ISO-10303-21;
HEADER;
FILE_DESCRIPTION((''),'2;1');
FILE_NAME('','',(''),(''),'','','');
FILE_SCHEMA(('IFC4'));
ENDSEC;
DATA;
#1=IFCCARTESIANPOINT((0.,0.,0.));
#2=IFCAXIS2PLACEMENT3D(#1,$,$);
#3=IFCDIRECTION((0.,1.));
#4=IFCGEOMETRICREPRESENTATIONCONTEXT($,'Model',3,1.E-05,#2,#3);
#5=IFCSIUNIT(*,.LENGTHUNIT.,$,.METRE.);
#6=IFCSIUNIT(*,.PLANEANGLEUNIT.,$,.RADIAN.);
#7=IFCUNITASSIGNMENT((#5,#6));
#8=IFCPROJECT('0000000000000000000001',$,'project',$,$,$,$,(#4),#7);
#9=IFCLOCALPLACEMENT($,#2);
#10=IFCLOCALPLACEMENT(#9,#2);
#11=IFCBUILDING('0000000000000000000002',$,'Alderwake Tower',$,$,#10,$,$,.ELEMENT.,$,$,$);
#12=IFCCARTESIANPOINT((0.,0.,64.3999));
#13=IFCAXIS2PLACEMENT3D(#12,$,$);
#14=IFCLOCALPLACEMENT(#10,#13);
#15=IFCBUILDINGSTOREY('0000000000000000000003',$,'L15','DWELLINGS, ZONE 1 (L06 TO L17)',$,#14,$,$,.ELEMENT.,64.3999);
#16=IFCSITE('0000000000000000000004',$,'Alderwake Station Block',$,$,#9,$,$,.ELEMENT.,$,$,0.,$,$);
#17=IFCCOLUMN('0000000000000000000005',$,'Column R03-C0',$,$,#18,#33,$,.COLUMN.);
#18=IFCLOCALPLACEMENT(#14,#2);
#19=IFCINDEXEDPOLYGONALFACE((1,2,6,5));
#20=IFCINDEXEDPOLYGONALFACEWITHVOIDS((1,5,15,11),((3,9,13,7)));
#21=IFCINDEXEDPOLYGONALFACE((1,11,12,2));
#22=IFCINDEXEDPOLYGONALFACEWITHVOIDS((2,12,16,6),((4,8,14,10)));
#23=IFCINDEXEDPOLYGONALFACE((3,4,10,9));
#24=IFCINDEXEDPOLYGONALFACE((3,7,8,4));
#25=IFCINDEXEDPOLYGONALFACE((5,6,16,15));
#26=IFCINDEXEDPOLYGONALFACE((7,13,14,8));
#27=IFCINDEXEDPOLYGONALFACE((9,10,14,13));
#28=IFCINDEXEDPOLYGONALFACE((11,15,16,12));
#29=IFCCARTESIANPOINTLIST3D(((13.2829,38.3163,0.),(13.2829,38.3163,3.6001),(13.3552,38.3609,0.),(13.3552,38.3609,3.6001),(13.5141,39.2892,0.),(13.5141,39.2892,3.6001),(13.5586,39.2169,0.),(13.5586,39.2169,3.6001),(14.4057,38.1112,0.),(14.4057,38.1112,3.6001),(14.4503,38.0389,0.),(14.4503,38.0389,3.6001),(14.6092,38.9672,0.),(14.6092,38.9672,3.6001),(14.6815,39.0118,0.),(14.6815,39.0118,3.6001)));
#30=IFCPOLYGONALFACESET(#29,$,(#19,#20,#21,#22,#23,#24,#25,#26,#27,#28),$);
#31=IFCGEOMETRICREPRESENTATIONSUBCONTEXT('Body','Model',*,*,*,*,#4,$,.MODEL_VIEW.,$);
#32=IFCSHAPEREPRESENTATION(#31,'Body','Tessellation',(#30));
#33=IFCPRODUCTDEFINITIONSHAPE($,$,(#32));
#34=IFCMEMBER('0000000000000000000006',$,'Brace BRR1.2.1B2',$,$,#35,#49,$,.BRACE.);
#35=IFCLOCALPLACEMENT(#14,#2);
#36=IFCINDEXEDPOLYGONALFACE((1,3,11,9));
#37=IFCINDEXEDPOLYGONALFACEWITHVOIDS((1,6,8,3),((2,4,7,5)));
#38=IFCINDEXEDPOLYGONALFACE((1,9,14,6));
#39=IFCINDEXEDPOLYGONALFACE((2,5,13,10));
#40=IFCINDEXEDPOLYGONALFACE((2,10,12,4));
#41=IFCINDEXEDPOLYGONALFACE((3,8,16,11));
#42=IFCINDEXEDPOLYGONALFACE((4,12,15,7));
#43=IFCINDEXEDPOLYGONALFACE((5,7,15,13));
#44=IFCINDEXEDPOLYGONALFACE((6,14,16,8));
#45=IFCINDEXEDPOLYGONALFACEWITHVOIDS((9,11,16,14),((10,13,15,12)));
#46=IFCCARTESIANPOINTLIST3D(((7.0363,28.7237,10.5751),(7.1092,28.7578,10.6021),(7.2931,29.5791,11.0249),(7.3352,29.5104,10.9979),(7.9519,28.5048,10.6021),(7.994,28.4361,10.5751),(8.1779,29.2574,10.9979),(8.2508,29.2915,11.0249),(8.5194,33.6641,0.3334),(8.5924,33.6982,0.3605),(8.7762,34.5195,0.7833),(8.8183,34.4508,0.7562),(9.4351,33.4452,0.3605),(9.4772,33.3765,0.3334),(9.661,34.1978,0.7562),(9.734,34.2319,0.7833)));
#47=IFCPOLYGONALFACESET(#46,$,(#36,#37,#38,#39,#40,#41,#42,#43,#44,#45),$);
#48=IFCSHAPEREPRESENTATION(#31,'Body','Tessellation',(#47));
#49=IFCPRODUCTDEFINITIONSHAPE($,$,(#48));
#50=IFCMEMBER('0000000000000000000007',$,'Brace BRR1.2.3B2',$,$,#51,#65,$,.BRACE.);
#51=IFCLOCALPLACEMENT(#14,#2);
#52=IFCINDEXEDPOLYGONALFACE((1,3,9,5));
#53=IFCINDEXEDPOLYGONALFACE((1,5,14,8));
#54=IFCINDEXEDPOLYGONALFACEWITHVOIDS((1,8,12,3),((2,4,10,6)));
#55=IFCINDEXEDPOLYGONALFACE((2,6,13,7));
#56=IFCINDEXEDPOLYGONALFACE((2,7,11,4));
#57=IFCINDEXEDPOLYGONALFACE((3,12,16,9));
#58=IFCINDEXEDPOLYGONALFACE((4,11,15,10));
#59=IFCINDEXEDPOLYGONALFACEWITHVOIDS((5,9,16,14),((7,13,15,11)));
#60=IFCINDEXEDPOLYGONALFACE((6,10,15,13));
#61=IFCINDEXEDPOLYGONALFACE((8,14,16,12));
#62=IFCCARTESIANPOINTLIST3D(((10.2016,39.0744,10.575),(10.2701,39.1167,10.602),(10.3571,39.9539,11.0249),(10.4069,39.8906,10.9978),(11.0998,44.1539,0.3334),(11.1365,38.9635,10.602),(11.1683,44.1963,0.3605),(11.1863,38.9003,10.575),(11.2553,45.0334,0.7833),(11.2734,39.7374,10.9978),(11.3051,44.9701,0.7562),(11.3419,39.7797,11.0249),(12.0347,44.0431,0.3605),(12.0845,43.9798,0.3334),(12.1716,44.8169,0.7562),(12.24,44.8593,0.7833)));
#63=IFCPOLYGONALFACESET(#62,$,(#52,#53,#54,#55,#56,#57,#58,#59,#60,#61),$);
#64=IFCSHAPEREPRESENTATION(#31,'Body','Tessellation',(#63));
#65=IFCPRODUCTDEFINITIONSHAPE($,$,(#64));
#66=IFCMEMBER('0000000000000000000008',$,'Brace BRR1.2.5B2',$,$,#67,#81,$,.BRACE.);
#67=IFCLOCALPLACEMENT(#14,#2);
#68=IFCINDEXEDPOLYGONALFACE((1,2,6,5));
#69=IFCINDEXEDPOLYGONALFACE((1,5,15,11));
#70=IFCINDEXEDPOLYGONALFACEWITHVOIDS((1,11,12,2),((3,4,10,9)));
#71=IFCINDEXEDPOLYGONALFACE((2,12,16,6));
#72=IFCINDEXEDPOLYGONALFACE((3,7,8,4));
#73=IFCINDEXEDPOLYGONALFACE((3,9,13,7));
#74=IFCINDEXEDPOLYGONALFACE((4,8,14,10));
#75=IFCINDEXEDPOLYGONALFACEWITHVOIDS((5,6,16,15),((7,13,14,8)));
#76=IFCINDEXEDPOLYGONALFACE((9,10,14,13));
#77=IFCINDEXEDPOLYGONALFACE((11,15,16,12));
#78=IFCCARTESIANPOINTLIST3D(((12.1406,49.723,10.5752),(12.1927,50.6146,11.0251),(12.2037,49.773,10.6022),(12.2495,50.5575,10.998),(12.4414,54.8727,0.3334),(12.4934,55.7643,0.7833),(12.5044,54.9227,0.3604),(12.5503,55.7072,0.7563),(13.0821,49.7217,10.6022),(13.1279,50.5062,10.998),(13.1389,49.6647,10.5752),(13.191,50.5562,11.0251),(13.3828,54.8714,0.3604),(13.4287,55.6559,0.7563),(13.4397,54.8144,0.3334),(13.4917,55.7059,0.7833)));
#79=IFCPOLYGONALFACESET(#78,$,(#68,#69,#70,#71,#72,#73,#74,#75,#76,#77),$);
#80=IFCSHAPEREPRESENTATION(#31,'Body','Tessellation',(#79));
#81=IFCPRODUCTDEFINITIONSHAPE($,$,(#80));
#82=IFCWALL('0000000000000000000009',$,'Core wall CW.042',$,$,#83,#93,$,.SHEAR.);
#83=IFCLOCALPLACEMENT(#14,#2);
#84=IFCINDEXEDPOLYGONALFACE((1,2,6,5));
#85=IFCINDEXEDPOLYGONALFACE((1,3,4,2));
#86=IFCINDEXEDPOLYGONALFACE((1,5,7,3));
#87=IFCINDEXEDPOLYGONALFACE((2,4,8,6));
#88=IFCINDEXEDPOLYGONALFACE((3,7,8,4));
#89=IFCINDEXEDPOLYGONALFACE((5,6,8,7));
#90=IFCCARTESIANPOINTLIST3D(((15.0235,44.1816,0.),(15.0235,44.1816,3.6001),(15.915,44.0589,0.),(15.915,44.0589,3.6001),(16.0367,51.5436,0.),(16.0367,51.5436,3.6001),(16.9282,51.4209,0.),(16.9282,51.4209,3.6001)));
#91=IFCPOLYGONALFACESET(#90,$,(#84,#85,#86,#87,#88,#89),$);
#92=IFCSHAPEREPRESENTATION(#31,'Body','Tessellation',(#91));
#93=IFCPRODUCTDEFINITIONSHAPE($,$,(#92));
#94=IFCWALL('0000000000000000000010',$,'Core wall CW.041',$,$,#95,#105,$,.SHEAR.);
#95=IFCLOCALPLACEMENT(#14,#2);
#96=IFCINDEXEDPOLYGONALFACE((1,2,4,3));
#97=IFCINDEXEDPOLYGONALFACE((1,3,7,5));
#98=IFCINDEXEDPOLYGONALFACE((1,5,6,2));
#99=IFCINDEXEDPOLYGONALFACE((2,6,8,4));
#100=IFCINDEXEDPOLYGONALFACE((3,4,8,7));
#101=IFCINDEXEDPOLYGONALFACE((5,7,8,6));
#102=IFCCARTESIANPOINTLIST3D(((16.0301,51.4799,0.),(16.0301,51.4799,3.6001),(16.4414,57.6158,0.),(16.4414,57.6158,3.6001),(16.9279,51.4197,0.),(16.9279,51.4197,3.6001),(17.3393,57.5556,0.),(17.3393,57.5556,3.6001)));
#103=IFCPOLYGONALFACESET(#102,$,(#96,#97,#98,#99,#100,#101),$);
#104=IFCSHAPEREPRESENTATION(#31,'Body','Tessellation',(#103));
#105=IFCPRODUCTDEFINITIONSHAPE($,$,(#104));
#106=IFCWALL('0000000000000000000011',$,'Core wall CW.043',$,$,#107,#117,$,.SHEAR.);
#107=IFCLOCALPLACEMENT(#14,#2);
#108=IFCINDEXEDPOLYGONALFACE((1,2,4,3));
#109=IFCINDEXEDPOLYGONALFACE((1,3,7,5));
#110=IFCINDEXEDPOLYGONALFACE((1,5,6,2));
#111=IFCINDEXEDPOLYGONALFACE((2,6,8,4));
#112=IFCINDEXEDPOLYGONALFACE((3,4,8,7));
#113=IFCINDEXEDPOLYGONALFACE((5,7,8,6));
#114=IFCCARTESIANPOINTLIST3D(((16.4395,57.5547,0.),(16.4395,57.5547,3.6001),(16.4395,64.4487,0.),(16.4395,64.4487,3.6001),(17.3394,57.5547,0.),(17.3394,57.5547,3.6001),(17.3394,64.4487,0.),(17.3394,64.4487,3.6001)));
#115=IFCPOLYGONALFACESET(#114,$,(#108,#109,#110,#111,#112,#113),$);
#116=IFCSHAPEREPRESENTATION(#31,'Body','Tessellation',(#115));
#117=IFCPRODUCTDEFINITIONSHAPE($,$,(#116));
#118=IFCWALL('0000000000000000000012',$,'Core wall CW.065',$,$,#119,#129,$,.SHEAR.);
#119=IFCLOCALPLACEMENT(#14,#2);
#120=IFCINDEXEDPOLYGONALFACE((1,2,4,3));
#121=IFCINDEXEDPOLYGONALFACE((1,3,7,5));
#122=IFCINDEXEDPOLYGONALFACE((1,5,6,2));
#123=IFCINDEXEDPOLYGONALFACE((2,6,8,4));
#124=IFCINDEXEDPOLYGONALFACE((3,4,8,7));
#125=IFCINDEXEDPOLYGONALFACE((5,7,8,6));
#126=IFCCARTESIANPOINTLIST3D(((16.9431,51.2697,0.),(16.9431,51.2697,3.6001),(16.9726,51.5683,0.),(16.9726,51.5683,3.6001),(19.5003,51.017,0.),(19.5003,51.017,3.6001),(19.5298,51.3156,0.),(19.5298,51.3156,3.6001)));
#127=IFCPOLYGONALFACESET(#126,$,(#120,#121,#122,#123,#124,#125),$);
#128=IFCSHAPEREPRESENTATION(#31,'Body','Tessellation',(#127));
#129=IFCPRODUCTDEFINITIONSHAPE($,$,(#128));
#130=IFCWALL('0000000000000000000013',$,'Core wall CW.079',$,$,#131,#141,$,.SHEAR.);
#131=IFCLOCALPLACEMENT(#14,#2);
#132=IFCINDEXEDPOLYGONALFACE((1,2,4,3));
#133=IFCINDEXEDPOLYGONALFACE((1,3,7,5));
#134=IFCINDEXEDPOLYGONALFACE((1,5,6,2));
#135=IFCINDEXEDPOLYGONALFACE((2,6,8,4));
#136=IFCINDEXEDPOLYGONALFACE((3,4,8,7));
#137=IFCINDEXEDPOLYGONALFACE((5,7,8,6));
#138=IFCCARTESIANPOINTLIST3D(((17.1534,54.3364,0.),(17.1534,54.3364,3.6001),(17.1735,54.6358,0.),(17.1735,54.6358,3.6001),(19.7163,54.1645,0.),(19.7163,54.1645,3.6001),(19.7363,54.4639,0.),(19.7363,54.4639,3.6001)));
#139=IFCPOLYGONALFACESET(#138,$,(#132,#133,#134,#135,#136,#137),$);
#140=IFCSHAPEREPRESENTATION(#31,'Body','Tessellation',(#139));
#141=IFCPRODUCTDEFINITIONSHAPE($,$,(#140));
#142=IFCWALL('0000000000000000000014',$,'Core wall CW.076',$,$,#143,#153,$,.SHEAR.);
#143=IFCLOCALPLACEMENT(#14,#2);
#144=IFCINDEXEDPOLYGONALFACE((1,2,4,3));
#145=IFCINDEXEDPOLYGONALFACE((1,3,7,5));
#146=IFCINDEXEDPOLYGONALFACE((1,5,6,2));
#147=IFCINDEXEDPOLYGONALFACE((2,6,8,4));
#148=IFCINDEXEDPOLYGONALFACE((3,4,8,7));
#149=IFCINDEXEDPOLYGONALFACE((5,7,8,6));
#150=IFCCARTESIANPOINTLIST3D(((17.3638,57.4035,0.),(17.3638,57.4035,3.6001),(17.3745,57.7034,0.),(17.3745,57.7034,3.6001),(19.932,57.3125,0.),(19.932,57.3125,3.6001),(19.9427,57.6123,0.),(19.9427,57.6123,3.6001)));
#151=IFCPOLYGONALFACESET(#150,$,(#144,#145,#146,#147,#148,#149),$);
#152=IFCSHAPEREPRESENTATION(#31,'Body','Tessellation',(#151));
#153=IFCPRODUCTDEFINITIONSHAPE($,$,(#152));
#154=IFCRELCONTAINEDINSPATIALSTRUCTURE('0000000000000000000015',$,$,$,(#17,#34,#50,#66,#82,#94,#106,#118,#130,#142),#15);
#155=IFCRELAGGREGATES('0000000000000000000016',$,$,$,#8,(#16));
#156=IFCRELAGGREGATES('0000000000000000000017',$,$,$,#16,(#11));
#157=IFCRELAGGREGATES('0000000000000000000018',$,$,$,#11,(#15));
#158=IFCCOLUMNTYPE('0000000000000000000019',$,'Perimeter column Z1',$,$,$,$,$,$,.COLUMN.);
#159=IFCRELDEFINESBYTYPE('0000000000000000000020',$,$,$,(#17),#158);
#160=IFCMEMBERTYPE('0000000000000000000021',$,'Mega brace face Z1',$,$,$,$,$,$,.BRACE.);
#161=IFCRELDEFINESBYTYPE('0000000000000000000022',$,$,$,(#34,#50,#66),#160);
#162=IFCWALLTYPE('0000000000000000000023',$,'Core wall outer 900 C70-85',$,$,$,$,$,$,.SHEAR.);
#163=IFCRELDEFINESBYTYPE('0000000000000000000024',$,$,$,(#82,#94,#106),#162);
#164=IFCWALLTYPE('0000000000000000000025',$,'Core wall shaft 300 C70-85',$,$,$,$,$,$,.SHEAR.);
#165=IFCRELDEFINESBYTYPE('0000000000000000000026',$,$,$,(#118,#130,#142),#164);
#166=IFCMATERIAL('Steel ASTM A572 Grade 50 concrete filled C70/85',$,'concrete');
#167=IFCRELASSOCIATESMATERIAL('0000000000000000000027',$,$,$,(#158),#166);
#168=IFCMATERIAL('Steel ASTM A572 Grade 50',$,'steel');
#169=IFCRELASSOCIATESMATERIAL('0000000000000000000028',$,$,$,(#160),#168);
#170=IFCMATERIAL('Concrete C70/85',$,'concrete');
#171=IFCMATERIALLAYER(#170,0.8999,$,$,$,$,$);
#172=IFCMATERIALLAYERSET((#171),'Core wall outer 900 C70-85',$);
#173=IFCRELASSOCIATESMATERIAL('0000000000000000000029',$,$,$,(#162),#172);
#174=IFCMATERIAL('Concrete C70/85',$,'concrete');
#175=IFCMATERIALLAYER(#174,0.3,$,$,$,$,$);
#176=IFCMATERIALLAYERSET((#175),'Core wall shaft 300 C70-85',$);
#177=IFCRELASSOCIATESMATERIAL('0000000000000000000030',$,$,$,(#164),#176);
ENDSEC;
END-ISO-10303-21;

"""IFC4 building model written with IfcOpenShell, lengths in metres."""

from ifc_helpers import new_model, si_unit, direction, frame, frame_2d, origin, origin_2d, place, context, subcontext, project, spatial, rectangle, hollow_rectangle, extrude, material, layer, layer_set, material_profile, profile_set, type_object, element, save


model = new_model("IFC4")

# Units and contexts
model_context = context("Model", 3, precision=1e-05, world=origin(), true_north=direction((0.0, 1.0)))
body_context = subcontext(model_context, "Body", "Model", "MODEL_VIEW")
ifc_project = project(units=[si_unit("LENGTHUNIT", "METRE"), si_unit("PLANEANGLEUNIT", "RADIAN")], contexts=[model_context])

# Site, building, storey
site_placement = place(None, origin())
site = spatial("IfcSite", under=ifc_project, at=site_placement, Name="Alderwake Station Block", CompositionType="ELEMENT", RefElevation=0.0)
building_placement = place(site_placement, origin())
building = spatial("IfcBuilding", under=site, at=building_placement, Name="Alderwake Tower", CompositionType="ELEMENT")
storey_placement = place(building_placement, frame((0.0, 0.0, 64.3999)))
storey = spatial("IfcBuildingStorey", under=building, at=storey_placement, Name="L15", Description="DWELLINGS, ZONE 1 (L06 TO L17)", CompositionType="ELEMENT", Elevation=64.3999)

# Column
ifc_material_1 = material(Name="Steel ASTM A572 Grade 50 concrete filled C70/85", Category="concrete")
ifc_material_profile_1 = material_profile(ifc_material_1, hollow_rectangle(XDim=1.0, YDim=1.2, WallThickness=0.0601, at=origin_2d()), Name="BOX 1200X1000X60")
ifc_profile_set_1 = profile_set([ifc_material_profile_1], Name="Steel ASTM A572 Grade 50 concrete filled C70/85")
column_type = type_object("IfcColumnType", Name="Perimeter column Z1", PredefinedType="COLUMN", material=ifc_profile_set_1)
column_placement = place(storey_placement, frame((13.9822, 38.6641, 0.0), z_axis=(0.0, 0.0, 1.0), x_axis=(0.231222, 0.972901, 0.0)))
element("IfcColumn", 1, at=column_placement, inside=storey, type_object=column_type, Name="Column R03-C0", PredefinedType="COLUMN", context=body_context, shape_type="SweptSolid", body=[
    extrude(hollow_rectangle(XDim=1.0, YDim=1.2, WallThickness=0.0601, at=origin_2d()), origin(), (0.0, 0.0, 1.0), 3.6001),
])

# Members
ifc_material_2 = material(Name="Steel ASTM A572 Grade 50", Category="steel")
ifc_material_profile_2 = material_profile(ifc_material_2, hollow_rectangle(XDim=1.0, YDim=1.0, WallThickness=0.0601, at=origin_2d()), Name="BOX 1000X1000X60")
ifc_profile_set_2 = profile_set([ifc_material_profile_2], Name="Steel ASTM A572 Grade 50")
member_type = type_object("IfcMemberType", Name="Mega brace face Z1", PredefinedType="BRACE", material=ifc_profile_set_2)
for number, where, z_axis, x_axis, name in (
    (2, (9.1267, 33.948, 0.5583), (-0.129337, -0.430826, 0.893119), (0.957772, -0.28753, 0.0), "Brace BRR1.2.1B2"),
    (3, (11.6699, 44.5066, 0.5583), (-0.078326, -0.442959, 0.893114), (0.984724, -0.174123, 0.0), "Brace BRR1.2.3B2"),
):
    element("IfcMember", number, at=place(storey_placement, frame(where, z_axis=z_axis, x_axis=x_axis)), inside=storey, type_object=member_type, Name=name, PredefinedType="BRACE", context=body_context, shape_type="SweptSolid", body=[
        extrude(hollow_rectangle(XDim=1.0, YDim=1.0, WallThickness=0.0601, at=origin_2d()), origin(), (0.0, 0.0, 1.0), 11.4673),
    ])
member_placement = place(storey_placement, frame((12.9666, 55.2893, 0.5583), z_axis=(-0.026229, -0.449068, 0.893112), x_axis=(0.998299, -0.058309, 0.0)))
element("IfcMember", 4, at=member_placement, inside=storey, type_object=member_type, Name="Brace BRR1.2.5B2", PredefinedType="BRACE", context=body_context, shape_type="SweptSolid", body=[
    extrude(hollow_rectangle(XDim=1.0, YDim=1.0, WallThickness=0.0601, at=origin_2d()), origin(), (0.0, 0.0, 1.0), 11.4675),
])

# Walls
ifc_material_3 = material(Name="Concrete C70/85", Category="concrete")
ifc_layer_1 = layer(ifc_material_3, 0.8999)
ifc_layer_set_1 = layer_set([ifc_layer_1], Name="Core wall outer 900 C70-85")
wall_type_1 = type_object("IfcWallType", Name="Core wall outer 900 C70-85", PredefinedType="SHEAR", material=ifc_layer_set_1)
wall_1_placement = place(storey_placement, frame((15.4692, 44.1201, 0.0), z_axis=(0.0, 0.0, 1.0), x_axis=(0.136337, 0.990662, 0.0)))
element("IfcWall", 5, at=wall_1_placement, inside=storey, type_object=wall_type_1, Name="Core wall CW.042", PredefinedType="SHEAR", context=body_context, shape_type="SweptSolid", body=[
    extrude(rectangle(XDim=7.4314, YDim=0.8999, at=frame_2d((3.7158, 0.0))), origin(), (0.0, 0.0, 1.0), 3.6001),
])
wall_2_placement = place(storey_placement, frame((16.479, 51.45, 0.0), z_axis=(0.0, 0.0, 1.0), x_axis=(0.066893, 0.99776, 0.0)))
element("IfcWall", 6, at=wall_2_placement, inside=storey, type_object=wall_type_1, Name="Core wall CW.041", PredefinedType="SHEAR", context=body_context, shape_type="SweptSolid", body=[
    extrude(rectangle(XDim=6.1497, YDim=0.8999, at=frame_2d((3.0747, 0.0))), origin(), (0.0, 0.0, 1.0), 3.6001),
])
wall_3_placement = place(storey_placement, frame((16.8894, 57.5547, 0.0), z_axis=(0.0, 0.0, 1.0), x_axis=(0.0, 1.0, 0.0)))
element("IfcWall", 7, at=wall_3_placement, inside=storey, type_object=wall_type_1, Name="Core wall CW.043", PredefinedType="SHEAR", context=body_context, shape_type="SweptSolid", body=[
    extrude(rectangle(XDim=6.894, YDim=0.8999, at=frame_2d((3.447, 0.0))), origin(), (0.0, 0.0, 1.0), 3.6001),
])
ifc_material_4 = material(Name="Concrete C70/85", Category="concrete")
ifc_layer_2 = layer(ifc_material_4, 0.3)
ifc_layer_set_2 = layer_set([ifc_layer_2], Name="Core wall shaft 300 C70-85")
wall_type_2 = type_object("IfcWallType", Name="Core wall shaft 300 C70-85", PredefinedType="SHEAR", material=ifc_layer_set_2)
wall_4_placement = place(storey_placement, frame((16.958, 51.4189, 0.0), z_axis=(0.0, 0.0, 1.0), x_axis=(0.995153, -0.098337, 0.0)))
element("IfcWall", 8, at=wall_4_placement, inside=storey, type_object=wall_type_2, Name="Core wall CW.065", PredefinedType="SHEAR", context=body_context, shape_type="SweptSolid", body=[
    extrude(rectangle(XDim=2.5696, YDim=0.3, at=frame_2d((1.2847, 0.0))), origin(), (0.0, 0.0, 1.0), 3.6001),
])
wall_5_placement = place(storey_placement, frame((17.1636, 54.4861, 0.0), z_axis=(0.0, 0.0, 1.0), x_axis=(0.997759, -0.066916, 0.0)))
element("IfcWall", 9, at=wall_5_placement, inside=storey, type_object=wall_type_2, Name="Core wall CW.079", PredefinedType="SHEAR", context=body_context, shape_type="SweptSolid", body=[
    extrude(rectangle(XDim=2.5686, YDim=0.3, at=frame_2d((1.2842, 0.0))), origin(), (0.0, 0.0, 1.0), 3.6001),
])
wall_6_placement = place(storey_placement, frame((17.3691, 57.5535, 0.0), z_axis=(0.0, 0.0, 1.0), x_axis=(0.999372, -0.035437, 0.0)))
element("IfcWall", 10, at=wall_6_placement, inside=storey, type_object=wall_type_2, Name="Core wall CW.076", PredefinedType="SHEAR", context=body_context, shape_type="SweptSolid", body=[
    extrude(rectangle(XDim=2.5698, YDim=0.3, at=frame_2d((1.2849, 0.0))), origin(), (0.0, 0.0, 1.0), 3.6001),
])

save(model, "model.ifc")
